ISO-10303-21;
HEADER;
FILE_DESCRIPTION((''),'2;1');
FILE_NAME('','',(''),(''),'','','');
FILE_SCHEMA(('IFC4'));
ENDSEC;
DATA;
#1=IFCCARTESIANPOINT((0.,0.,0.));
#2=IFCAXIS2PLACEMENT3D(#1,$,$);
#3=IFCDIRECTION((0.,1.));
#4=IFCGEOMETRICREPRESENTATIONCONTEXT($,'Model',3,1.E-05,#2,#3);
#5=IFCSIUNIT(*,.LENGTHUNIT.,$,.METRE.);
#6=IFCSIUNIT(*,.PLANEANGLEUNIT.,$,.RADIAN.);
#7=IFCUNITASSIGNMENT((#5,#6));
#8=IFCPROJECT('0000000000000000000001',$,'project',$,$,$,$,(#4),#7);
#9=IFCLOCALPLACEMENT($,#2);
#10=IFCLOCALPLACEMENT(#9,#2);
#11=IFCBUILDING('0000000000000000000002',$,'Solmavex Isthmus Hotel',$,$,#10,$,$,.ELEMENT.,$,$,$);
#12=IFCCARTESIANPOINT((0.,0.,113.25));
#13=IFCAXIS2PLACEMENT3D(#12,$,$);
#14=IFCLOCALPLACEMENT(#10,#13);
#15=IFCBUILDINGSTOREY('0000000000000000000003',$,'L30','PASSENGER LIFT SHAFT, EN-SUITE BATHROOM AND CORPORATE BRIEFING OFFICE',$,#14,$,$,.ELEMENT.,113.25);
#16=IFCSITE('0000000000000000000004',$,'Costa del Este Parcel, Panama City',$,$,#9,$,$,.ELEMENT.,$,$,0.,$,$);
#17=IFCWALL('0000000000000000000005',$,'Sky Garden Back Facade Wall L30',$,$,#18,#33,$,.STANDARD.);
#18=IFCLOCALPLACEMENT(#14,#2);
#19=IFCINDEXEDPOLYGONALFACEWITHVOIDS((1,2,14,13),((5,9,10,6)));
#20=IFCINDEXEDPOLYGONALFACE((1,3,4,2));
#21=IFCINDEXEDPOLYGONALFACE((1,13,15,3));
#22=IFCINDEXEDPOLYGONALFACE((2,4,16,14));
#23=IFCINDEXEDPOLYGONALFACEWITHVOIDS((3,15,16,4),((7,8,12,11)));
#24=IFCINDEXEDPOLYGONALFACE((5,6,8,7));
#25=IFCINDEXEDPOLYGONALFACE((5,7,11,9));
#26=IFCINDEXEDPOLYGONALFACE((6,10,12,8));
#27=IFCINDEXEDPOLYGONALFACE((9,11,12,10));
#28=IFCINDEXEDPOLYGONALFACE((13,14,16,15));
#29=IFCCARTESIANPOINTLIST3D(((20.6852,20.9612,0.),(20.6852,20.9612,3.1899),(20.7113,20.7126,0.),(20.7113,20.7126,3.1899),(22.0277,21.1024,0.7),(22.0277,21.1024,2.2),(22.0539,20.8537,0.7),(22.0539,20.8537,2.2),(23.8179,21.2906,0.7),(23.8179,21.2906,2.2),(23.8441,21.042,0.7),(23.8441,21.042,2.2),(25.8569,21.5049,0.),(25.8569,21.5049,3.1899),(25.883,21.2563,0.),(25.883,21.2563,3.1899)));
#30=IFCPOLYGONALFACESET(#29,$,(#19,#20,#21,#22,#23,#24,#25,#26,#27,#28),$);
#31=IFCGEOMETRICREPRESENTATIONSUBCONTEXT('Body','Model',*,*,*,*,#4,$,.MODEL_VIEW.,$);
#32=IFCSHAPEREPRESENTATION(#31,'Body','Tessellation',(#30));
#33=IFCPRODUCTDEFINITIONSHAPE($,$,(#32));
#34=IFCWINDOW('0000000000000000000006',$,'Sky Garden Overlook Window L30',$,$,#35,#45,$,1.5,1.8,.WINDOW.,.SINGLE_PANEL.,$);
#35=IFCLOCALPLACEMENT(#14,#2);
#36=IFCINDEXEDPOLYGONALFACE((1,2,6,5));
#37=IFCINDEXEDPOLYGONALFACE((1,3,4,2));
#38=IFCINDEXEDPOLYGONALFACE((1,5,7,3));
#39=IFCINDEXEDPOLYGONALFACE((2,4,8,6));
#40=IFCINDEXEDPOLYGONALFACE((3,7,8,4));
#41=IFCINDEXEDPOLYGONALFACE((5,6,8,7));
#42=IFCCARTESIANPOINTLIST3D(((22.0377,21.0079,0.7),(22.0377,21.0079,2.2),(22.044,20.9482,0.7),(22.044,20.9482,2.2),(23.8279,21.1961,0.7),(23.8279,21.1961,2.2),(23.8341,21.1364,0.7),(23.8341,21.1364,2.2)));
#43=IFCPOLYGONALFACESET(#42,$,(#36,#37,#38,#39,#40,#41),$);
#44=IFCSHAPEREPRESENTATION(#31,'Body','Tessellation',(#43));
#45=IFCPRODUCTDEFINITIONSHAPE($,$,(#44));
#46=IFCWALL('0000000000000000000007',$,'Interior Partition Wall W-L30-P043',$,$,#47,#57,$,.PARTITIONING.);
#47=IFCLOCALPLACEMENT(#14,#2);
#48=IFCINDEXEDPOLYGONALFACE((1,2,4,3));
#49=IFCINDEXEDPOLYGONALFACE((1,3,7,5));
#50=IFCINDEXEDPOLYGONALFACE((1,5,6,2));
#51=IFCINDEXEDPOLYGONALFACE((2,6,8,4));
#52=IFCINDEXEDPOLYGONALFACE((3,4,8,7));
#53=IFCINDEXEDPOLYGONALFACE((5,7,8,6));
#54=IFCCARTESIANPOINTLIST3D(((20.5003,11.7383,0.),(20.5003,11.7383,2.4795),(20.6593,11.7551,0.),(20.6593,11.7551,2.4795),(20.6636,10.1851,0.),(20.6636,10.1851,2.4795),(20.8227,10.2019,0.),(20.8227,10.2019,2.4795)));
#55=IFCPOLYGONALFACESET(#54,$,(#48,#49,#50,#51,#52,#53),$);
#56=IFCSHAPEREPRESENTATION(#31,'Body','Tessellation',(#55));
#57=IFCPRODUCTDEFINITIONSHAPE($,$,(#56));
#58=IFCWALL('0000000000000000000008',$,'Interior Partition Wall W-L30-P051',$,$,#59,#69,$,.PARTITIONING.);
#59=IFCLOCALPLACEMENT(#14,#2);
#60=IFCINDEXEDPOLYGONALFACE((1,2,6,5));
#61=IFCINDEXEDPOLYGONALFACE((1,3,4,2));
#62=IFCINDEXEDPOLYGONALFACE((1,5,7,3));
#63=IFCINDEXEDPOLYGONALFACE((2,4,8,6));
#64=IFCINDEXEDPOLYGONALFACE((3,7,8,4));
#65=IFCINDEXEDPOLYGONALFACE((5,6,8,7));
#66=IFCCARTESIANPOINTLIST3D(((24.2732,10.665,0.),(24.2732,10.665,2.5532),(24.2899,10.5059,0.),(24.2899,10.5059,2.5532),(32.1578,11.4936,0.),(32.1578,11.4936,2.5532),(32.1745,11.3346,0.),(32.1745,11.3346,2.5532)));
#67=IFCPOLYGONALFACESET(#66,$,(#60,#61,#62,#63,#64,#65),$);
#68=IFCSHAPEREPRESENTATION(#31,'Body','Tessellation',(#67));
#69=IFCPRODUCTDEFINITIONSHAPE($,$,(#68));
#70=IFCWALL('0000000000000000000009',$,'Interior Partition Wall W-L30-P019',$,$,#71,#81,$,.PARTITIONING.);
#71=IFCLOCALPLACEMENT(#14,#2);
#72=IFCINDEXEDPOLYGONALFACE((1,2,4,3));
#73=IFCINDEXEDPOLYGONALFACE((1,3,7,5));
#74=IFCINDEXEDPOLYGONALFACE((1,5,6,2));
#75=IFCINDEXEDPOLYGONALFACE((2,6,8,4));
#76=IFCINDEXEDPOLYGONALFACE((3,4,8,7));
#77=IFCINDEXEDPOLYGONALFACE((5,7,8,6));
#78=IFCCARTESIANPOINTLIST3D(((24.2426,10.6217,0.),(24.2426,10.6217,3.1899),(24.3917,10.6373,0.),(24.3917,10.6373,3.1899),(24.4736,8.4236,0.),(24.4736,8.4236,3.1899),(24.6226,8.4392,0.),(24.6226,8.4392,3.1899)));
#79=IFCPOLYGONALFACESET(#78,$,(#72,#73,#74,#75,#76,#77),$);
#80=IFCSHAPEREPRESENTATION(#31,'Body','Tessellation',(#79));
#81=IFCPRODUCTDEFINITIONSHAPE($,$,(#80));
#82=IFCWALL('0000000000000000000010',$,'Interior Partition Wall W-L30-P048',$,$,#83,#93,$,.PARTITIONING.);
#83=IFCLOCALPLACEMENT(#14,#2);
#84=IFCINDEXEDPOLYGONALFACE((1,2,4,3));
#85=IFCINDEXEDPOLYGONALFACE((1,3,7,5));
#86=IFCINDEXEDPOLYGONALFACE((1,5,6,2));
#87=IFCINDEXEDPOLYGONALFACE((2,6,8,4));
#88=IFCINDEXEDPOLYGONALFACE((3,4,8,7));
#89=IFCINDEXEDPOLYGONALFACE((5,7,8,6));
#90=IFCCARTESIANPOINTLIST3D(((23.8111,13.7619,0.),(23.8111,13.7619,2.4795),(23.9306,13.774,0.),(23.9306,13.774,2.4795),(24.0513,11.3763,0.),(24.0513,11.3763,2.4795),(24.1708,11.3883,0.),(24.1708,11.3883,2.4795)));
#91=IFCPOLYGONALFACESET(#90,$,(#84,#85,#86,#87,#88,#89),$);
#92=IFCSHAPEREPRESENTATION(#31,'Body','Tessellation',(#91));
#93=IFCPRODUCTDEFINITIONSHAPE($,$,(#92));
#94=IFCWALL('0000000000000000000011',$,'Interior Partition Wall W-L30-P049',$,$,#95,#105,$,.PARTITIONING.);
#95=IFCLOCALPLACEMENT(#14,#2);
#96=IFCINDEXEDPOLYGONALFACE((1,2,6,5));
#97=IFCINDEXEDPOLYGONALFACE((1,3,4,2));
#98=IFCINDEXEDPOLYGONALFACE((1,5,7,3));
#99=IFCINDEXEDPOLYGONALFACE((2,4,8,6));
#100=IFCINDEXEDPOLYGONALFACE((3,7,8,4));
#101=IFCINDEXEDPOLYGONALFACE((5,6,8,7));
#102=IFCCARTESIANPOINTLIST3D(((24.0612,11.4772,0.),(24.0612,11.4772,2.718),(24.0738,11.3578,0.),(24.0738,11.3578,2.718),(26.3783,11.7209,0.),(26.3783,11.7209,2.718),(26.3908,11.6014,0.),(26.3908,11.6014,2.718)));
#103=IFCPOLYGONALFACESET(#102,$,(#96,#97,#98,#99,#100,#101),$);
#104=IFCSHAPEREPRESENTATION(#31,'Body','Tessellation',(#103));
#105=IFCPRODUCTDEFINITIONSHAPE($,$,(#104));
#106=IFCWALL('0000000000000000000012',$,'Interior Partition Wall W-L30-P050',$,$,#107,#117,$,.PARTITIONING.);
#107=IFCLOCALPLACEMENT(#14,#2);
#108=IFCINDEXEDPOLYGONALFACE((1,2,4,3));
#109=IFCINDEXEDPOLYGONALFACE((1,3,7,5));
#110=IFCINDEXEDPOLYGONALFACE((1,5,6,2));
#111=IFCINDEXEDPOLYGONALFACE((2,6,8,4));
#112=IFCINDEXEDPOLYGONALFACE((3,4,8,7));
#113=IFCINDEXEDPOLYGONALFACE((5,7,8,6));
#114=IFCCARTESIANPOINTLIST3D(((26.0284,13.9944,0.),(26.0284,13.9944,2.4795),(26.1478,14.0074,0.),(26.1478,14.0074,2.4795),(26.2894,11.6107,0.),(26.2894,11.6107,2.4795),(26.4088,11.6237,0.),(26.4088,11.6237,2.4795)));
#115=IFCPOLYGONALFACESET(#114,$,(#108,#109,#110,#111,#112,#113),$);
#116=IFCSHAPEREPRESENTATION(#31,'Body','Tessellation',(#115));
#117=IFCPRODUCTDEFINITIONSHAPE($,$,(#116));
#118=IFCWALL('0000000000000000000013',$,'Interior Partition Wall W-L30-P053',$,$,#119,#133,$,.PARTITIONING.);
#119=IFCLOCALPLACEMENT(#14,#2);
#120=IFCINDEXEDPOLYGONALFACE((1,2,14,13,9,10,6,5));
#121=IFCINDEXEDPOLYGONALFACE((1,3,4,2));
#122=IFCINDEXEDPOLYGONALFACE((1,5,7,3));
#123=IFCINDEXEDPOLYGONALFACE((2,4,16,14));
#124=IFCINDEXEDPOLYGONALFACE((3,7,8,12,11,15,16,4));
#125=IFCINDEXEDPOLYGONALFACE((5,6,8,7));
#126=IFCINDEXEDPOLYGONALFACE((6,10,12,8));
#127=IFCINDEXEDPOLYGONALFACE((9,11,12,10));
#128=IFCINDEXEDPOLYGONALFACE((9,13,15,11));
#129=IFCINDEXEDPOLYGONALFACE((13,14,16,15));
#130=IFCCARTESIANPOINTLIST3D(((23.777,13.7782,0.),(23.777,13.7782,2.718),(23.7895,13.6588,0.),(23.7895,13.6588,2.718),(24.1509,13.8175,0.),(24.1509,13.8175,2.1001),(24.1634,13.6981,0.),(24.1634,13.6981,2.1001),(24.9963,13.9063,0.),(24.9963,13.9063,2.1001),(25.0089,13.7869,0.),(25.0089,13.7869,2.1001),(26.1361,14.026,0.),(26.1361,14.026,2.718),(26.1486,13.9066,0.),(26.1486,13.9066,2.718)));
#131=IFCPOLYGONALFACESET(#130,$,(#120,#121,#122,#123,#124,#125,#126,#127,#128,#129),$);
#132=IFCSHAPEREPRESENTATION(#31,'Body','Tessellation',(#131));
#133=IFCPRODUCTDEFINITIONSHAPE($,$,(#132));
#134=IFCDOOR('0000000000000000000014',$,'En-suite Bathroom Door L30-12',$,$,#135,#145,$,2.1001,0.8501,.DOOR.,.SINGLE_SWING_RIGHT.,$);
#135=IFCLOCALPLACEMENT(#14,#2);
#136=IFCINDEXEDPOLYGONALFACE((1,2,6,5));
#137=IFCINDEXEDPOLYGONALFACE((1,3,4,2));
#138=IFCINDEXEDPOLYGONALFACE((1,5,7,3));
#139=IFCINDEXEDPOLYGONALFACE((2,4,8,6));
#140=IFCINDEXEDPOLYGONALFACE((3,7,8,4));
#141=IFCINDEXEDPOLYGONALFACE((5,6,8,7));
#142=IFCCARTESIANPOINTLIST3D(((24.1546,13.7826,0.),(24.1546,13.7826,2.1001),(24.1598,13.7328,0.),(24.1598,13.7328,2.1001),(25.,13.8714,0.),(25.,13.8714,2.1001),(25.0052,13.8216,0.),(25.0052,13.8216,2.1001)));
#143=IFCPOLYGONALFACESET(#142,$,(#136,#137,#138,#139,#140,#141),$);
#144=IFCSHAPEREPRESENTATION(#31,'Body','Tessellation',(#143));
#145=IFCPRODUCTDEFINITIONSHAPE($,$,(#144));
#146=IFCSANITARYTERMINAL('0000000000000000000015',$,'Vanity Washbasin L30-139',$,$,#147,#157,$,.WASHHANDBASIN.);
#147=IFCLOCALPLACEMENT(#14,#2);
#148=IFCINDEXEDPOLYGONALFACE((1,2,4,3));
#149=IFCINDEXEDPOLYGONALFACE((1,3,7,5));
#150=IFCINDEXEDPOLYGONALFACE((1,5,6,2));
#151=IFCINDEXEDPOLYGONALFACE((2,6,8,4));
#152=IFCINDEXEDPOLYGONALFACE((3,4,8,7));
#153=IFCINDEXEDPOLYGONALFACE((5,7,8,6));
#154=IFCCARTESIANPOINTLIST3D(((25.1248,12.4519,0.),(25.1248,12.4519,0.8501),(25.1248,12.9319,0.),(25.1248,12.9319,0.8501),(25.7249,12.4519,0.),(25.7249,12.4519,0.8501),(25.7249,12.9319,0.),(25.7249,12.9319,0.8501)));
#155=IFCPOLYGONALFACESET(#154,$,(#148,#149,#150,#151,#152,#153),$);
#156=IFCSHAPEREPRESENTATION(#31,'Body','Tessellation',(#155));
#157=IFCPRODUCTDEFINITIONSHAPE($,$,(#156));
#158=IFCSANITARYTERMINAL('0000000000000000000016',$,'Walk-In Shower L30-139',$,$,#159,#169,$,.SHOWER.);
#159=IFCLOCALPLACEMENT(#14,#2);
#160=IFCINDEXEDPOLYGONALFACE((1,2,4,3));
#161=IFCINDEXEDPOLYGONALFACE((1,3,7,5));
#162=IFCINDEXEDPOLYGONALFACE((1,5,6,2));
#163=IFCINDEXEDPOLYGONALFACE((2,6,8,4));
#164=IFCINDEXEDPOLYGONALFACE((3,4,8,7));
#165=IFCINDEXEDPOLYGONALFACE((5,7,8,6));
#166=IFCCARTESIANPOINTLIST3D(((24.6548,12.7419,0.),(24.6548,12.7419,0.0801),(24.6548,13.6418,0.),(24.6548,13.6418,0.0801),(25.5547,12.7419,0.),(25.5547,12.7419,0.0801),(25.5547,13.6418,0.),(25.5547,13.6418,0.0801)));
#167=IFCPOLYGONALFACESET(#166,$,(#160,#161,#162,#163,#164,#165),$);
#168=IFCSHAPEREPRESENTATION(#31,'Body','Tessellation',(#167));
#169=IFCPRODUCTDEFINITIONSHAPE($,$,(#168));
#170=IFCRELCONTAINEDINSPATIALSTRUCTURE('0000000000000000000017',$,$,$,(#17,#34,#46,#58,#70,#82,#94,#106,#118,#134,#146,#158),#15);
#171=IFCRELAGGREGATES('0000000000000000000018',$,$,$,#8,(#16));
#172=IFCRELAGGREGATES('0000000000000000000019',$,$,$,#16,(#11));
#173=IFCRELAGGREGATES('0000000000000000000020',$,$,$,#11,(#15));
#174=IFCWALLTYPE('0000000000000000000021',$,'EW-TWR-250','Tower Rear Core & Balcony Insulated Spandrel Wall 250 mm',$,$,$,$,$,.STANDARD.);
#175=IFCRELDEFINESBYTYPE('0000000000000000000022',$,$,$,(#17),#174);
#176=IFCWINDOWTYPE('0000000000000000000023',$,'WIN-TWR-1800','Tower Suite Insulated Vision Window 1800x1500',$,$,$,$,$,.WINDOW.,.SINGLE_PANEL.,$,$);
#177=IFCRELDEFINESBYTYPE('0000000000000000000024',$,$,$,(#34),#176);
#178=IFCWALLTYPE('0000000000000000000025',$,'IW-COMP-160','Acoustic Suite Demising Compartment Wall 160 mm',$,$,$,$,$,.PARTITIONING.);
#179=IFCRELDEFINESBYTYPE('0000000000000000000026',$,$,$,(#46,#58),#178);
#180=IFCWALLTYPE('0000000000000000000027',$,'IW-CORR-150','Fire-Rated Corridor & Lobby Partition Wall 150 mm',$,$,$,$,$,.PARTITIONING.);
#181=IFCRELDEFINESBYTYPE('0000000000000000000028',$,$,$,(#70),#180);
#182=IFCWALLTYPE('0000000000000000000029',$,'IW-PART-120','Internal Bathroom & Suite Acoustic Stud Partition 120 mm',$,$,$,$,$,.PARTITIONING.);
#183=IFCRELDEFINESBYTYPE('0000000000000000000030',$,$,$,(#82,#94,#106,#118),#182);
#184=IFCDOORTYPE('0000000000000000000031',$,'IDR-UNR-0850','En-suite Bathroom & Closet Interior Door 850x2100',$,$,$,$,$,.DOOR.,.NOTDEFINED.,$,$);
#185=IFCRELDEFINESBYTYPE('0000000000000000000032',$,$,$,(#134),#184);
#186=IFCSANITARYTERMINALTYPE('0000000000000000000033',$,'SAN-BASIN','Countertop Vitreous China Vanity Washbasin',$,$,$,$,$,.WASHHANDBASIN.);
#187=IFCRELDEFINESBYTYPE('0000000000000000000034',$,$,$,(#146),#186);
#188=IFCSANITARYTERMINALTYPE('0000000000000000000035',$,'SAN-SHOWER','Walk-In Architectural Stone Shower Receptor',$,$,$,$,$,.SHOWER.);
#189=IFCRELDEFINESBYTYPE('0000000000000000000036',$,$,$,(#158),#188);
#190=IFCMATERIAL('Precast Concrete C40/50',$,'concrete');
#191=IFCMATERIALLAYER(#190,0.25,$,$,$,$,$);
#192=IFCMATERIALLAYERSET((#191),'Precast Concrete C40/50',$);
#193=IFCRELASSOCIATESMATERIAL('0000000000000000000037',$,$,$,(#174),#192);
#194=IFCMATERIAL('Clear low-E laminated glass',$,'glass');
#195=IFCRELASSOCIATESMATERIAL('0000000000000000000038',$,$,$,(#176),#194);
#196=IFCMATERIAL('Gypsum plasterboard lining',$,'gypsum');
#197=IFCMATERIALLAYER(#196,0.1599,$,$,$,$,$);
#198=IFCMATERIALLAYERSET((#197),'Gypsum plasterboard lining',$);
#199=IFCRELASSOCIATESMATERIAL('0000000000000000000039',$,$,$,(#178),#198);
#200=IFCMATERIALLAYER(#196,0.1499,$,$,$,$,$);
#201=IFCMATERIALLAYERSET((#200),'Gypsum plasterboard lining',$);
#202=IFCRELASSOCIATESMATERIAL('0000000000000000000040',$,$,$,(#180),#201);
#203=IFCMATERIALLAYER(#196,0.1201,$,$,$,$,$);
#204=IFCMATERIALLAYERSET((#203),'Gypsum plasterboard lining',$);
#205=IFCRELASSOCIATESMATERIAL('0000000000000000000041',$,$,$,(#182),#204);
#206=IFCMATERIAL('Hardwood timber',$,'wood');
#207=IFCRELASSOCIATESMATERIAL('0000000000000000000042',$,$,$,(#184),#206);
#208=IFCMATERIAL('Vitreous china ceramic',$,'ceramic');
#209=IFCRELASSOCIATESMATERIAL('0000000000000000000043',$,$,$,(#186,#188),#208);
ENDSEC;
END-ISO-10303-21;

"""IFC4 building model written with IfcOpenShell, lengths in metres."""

from ifc_helpers import new_model, si_unit, direction, frame, frame_2d, origin, origin_2d, place, context, subcontext, project, spatial, rectangle, extrude, material, layer, layer_set, type_object, element, fill, save


model = new_model("IFC4")

# Units and contexts
model_context = context("Model", 3, precision=1e-05, world=origin(), true_north=direction((0.0, 1.0)))
body_context = subcontext(model_context, "Body", "Model", "MODEL_VIEW")
ifc_project = project(units=[si_unit("LENGTHUNIT", "METRE"), si_unit("PLANEANGLEUNIT", "RADIAN")], contexts=[model_context])

# Site, building, storey
site_placement = place(None, origin())
site = spatial("IfcSite", under=ifc_project, at=site_placement, Name="Costa del Este Parcel, Panama City", CompositionType="ELEMENT", RefElevation=0.0)
building_placement = place(site_placement, origin())
building = spatial("IfcBuilding", under=site, at=building_placement, Name="Solmavex Isthmus Hotel", CompositionType="ELEMENT")
storey_placement = place(building_placement, frame((0.0, 0.0, 113.25)))
storey = spatial("IfcBuildingStorey", under=building, at=storey_placement, Name="L30", Description="PASSENGER LIFT SHAFT, EN-SUITE BATHROOM AND CORPORATE BRIEFING OFFICE", CompositionType="ELEMENT", Elevation=113.25)

# Shared definitions
ifc_material_1 = material(Name="Clear low-E laminated glass", Category="glass")

# Wall, opening, window
ifc_material_2 = material(Name="Precast Concrete C40/50", Category="concrete")
ifc_layer_1 = layer(ifc_material_2, 0.25)
ifc_layer_set_1 = layer_set([ifc_layer_1], Name="Precast Concrete C40/50")
wall_type_1 = type_object("IfcWallType", Name="EW-TWR-250", Description="Tower Rear Core & Balcony Insulated Spandrel Wall 250 mm", PredefinedType="STANDARD", material=ifc_layer_set_1)
wall_1_placement = place(storey_placement, frame((20.6982, 20.8369, 0.0), z_axis=(0.0, 0.0, 1.0), x_axis=(0.994519, 0.104555, 0.0)))
wall_1 = element("IfcWall", 1, at=wall_1_placement, inside=storey, type_object=wall_type_1, Name="Sky Garden Back Facade Wall L30", PredefinedType="STANDARD", context=body_context, shape_type="SweptSolid", body=[
    extrude(rectangle(XDim=5.2002, YDim=0.25, at=frame_2d((2.6001, 0.0))), origin(), (0.0, 0.0, 1.0), 3.1899),
])
opening_1_placement = place(wall_1_placement, frame((1.3501, 0.0, 0.7)))
opening_1 = element("IfcOpeningElement", 2, at=opening_1_placement, cuts=wall_1, PredefinedType="OPENING", context=body_context, shape_type="SweptSolid", body=[
    extrude(rectangle(XDim=1.8, YDim=1.5, at=frame_2d((0.8999, 0.75))), frame((0.0, 0.135, 0.0), z_axis=(0.0, -1.0, 0.0), x_axis=(1.0, 0.0, 0.0)), (0.0, 0.0, 1.0), 0.27),
])
window_type = type_object("IfcWindowType", Name="WIN-TWR-1800", Description="Tower Suite Insulated Vision Window 1800x1500", PartitioningType="SINGLE_PANEL", PredefinedType="WINDOW", material=ifc_material_1)
window_placement = place(opening_1_placement, origin())
window = element("IfcWindow", 3, at=window_placement, inside=storey, type_object=window_type, Name="Sky Garden Overlook Window L30", OverallHeight=1.5, OverallWidth=1.8, PartitioningType="SINGLE_PANEL", PredefinedType="WINDOW", context=body_context, shape_type="SweptSolid", body=[
    extrude(rectangle(XDim=1.8, YDim=1.5, at=frame_2d((0.8999, 0.75))), frame((0.0, 0.03, 0.0), z_axis=(0.0, -1.0, 0.0), x_axis=(1.0, 0.0, 0.0)), (0.0, 0.0, 1.0), 0.0601),
])
fill(opening_1, window)

# Wall
ifc_material_3 = material(Name="Gypsum plasterboard lining", Category="gypsum")
ifc_layer_2 = layer(ifc_material_3, 0.1599)
ifc_layer_set_2 = layer_set([ifc_layer_2], Name="Gypsum plasterboard lining")
wall_type_2 = type_object("IfcWallType", Name="IW-COMP-160", Description="Acoustic Suite Demising Compartment Wall 160 mm", PredefinedType="PARTITIONING", material=ifc_layer_set_2)
wall_2_placement = place(storey_placement, frame((20.5798, 11.7466, 0.0), z_axis=(0.0, 0.0, 1.0), x_axis=(0.104579, -0.994517, 0.0)))
element("IfcWall", 4, at=wall_2_placement, inside=storey, type_object=wall_type_2, Name="Interior Partition Wall W-L30-P043", PredefinedType="PARTITIONING", context=body_context, shape_type="SweptSolid", body=[
    extrude(rectangle(XDim=1.5618, YDim=0.1599, at=frame_2d((0.7808, 0.0))), origin(), (0.0, 0.0, 1.0), 2.4795),
])

# Shared definitions
ifc_material_4 = material(Name="Hardwood timber", Category="wood")

# Wall
wall_3_placement = place(storey_placement, frame((32.166, 11.4141, 0.0), z_axis=(0.0, 0.0, 1.0), x_axis=(-0.994523, -0.104518, 0.0)))
element("IfcWall", 5, at=wall_3_placement, inside=storey, type_object=wall_type_2, Name="Interior Partition Wall W-L30-P051", PredefinedType="PARTITIONING", context=body_context, shape_type="SweptSolid", body=[
    extrude(rectangle(XDim=7.928, YDim=0.1599, at=frame_2d((3.9639, 0.0))), origin(), (0.0, 0.0, 1.0), 2.5532),
])

# Shared definitions
ifc_layer_3 = layer(ifc_material_3, 0.1499)
ifc_layer_set_3 = layer_set([ifc_layer_3], Name="Gypsum plasterboard lining")
wall_type_3 = type_object("IfcWallType", Name="IW-CORR-150", Description="Fire-Rated Corridor & Lobby Partition Wall 150 mm", PredefinedType="PARTITIONING", material=ifc_layer_set_3)

# Walls
wall_4_placement = place(storey_placement, frame((24.3171, 10.6294, 0.0), z_axis=(0.0, 0.0, 1.0), x_axis=(0.104501, -0.994525, 0.0)))
element("IfcWall", 6, at=wall_4_placement, inside=storey, type_object=wall_type_3, Name="Interior Partition Wall W-L30-P019", PredefinedType="PARTITIONING", context=body_context, shape_type="SweptSolid", body=[
    extrude(rectangle(XDim=2.2102, YDim=0.1499, at=frame_2d((1.105, 0.0))), origin(), (0.0, 0.0, 1.0), 3.1899),
])
ifc_layer_4 = layer(ifc_material_3, 0.1201)
ifc_layer_set_4 = layer_set([ifc_layer_4], Name="Gypsum plasterboard lining")
wall_type_4 = type_object("IfcWallType", Name="IW-PART-120", Description="Internal Bathroom & Suite Acoustic Stud Partition 120 mm", PredefinedType="PARTITIONING", material=ifc_layer_set_4)
wall_5_placement = place(storey_placement, frame((23.8708, 13.7678, 0.0), z_axis=(0.0, 0.0, 1.0), x_axis=(0.100189, -0.994968, 0.0)))
element("IfcWall", 7, at=wall_5_placement, inside=storey, type_object=wall_type_4, Name="Interior Partition Wall W-L30-P048", PredefinedType="PARTITIONING", context=body_context, shape_type="SweptSolid", body=[
    extrude(rectangle(XDim=2.3977, YDim=0.1201, at=frame_2d((1.1987, 0.0))), origin(), (0.0, 0.0, 1.0), 2.4795),
])
wall_6_placement = place(storey_placement, frame((24.0674, 11.4175, 0.0), z_axis=(0.0, 0.0, 1.0), x_axis=(0.994517, 0.104576, 0.0)))
element("IfcWall", 8, at=wall_6_placement, inside=storey, type_object=wall_type_4, Name="Interior Partition Wall W-L30-P049", PredefinedType="PARTITIONING", context=body_context, shape_type="SweptSolid", body=[
    extrude(rectangle(XDim=2.3298, YDim=0.1201, at=frame_2d((1.165, 0.0))), origin(), (0.0, 0.0, 1.0), 2.718),
])
wall_7_placement = place(storey_placement, frame((26.3491, 11.6172, 0.0), z_axis=(0.0, 0.0, 1.0), x_axis=(-0.108833, 0.99406, 0.0)))
element("IfcWall", 9, at=wall_7_placement, inside=storey, type_object=wall_type_4, Name="Interior Partition Wall W-L30-P050", PredefinedType="PARTITIONING", context=body_context, shape_type="SweptSolid", body=[
    extrude(rectangle(XDim=2.3979, YDim=0.1201, at=frame_2d((1.199, 0.0))), origin(), (0.0, 0.0, 1.0), 2.4795),
])

# Wall, opening, door
wall_8_placement = place(storey_placement, frame((26.1423, 13.9663, 0.0), z_axis=(0.0, 0.0, 1.0), x_axis=(-0.994529, -0.104465, 0.0)))
wall_8 = element("IfcWall", 10, at=wall_8_placement, inside=storey, type_object=wall_type_4, Name="Interior Partition Wall W-L30-P053", PredefinedType="PARTITIONING", context=body_context, shape_type="SweptSolid", body=[
    extrude(rectangle(XDim=2.3721, YDim=0.1201, at=frame_2d((1.186, 0.0))), origin(), (0.0, 0.0, 1.0), 2.718),
])
opening_2_placement = place(wall_8_placement, frame((1.146, 0.0, 0.0)))
opening_2 = element("IfcOpeningElement", 11, at=opening_2_placement, cuts=wall_8, PredefinedType="OPENING", context=body_context, shape_type="SweptSolid", body=[
    extrude(rectangle(XDim=0.8501, YDim=2.1001, at=frame_2d((0.425, 1.05))), frame((0.0, 0.0701, 0.0), z_axis=(0.0, -1.0, 0.0), x_axis=(1.0, 0.0, 0.0)), (0.0, 0.0, 1.0), 0.1401),
])
door_type_1 = type_object("IfcDoorType", Name="IDR-UNR-0850", Description="En-suite Bathroom & Closet Interior Door 850x2100", OperationType="NOTDEFINED", PredefinedType="DOOR", material=ifc_material_4)
door_1_placement = place(opening_2_placement, frame((0.8501, 0.0, 0.0), z_axis=(0.0, 0.0, 1.0), x_axis=(-1.0, 0.0, 0.0)))
door_1 = element("IfcDoor", 12, at=door_1_placement, inside=storey, type_object=door_type_1, Name="En-suite Bathroom Door L30-12", OperationType="SINGLE_SWING_RIGHT", OverallHeight=2.1001, OverallWidth=0.8501, PredefinedType="DOOR", context=body_context, shape_type="SweptSolid", body=[
    extrude(rectangle(XDim=0.8501, YDim=2.1001, at=frame_2d((0.425, 1.05))), frame((0.0, 0.0249, 0.0), z_axis=(0.0, -1.0, 0.0), x_axis=(1.0, 0.0, 0.0)), (0.0, 0.0, 1.0), 0.05),
])
fill(opening_2, door_1)

# Sanitary terminals
ifc_material_5 = material(Name="Vitreous china ceramic", Category="ceramic")
sanitary_terminal_type_1 = type_object("IfcSanitaryTerminalType", Name="SAN-BASIN", Description="Countertop Vitreous China Vanity Washbasin", PredefinedType="WASHHANDBASIN", material=ifc_material_5)
sanitary_terminal_1_placement = place(storey_placement, frame((25.4248, 12.6919, 0.0), z_axis=(0.0, 0.0, 1.0), x_axis=(1.0, 0.0, 0.0)))
element("IfcSanitaryTerminal", 13, at=sanitary_terminal_1_placement, inside=storey, type_object=sanitary_terminal_type_1, Name="Vanity Washbasin L30-139", PredefinedType="WASHHANDBASIN", context=body_context, shape_type="SweptSolid", body=[
    extrude(rectangle(XDim=0.6001, YDim=0.48, at=origin_2d()), origin(), (0.0, 0.0, 1.0), 0.8501),
])
sanitary_terminal_type_2 = type_object("IfcSanitaryTerminalType", Name="SAN-SHOWER", Description="Walk-In Architectural Stone Shower Receptor", PredefinedType="SHOWER", material=ifc_material_5)
sanitary_terminal_2_placement = place(storey_placement, frame((25.1047, 13.1919, 0.0), z_axis=(0.0, 0.0, 1.0), x_axis=(1.0, 0.0, 0.0)))
element("IfcSanitaryTerminal", 14, at=sanitary_terminal_2_placement, inside=storey, type_object=sanitary_terminal_type_2, Name="Walk-In Shower L30-139", PredefinedType="SHOWER", context=body_context, shape_type="SweptSolid", body=[
    extrude(rectangle(XDim=0.8999, YDim=0.8999, at=origin_2d()), origin(), (0.0, 0.0, 1.0), 0.0801),
])

save(model, "model.ifc")
